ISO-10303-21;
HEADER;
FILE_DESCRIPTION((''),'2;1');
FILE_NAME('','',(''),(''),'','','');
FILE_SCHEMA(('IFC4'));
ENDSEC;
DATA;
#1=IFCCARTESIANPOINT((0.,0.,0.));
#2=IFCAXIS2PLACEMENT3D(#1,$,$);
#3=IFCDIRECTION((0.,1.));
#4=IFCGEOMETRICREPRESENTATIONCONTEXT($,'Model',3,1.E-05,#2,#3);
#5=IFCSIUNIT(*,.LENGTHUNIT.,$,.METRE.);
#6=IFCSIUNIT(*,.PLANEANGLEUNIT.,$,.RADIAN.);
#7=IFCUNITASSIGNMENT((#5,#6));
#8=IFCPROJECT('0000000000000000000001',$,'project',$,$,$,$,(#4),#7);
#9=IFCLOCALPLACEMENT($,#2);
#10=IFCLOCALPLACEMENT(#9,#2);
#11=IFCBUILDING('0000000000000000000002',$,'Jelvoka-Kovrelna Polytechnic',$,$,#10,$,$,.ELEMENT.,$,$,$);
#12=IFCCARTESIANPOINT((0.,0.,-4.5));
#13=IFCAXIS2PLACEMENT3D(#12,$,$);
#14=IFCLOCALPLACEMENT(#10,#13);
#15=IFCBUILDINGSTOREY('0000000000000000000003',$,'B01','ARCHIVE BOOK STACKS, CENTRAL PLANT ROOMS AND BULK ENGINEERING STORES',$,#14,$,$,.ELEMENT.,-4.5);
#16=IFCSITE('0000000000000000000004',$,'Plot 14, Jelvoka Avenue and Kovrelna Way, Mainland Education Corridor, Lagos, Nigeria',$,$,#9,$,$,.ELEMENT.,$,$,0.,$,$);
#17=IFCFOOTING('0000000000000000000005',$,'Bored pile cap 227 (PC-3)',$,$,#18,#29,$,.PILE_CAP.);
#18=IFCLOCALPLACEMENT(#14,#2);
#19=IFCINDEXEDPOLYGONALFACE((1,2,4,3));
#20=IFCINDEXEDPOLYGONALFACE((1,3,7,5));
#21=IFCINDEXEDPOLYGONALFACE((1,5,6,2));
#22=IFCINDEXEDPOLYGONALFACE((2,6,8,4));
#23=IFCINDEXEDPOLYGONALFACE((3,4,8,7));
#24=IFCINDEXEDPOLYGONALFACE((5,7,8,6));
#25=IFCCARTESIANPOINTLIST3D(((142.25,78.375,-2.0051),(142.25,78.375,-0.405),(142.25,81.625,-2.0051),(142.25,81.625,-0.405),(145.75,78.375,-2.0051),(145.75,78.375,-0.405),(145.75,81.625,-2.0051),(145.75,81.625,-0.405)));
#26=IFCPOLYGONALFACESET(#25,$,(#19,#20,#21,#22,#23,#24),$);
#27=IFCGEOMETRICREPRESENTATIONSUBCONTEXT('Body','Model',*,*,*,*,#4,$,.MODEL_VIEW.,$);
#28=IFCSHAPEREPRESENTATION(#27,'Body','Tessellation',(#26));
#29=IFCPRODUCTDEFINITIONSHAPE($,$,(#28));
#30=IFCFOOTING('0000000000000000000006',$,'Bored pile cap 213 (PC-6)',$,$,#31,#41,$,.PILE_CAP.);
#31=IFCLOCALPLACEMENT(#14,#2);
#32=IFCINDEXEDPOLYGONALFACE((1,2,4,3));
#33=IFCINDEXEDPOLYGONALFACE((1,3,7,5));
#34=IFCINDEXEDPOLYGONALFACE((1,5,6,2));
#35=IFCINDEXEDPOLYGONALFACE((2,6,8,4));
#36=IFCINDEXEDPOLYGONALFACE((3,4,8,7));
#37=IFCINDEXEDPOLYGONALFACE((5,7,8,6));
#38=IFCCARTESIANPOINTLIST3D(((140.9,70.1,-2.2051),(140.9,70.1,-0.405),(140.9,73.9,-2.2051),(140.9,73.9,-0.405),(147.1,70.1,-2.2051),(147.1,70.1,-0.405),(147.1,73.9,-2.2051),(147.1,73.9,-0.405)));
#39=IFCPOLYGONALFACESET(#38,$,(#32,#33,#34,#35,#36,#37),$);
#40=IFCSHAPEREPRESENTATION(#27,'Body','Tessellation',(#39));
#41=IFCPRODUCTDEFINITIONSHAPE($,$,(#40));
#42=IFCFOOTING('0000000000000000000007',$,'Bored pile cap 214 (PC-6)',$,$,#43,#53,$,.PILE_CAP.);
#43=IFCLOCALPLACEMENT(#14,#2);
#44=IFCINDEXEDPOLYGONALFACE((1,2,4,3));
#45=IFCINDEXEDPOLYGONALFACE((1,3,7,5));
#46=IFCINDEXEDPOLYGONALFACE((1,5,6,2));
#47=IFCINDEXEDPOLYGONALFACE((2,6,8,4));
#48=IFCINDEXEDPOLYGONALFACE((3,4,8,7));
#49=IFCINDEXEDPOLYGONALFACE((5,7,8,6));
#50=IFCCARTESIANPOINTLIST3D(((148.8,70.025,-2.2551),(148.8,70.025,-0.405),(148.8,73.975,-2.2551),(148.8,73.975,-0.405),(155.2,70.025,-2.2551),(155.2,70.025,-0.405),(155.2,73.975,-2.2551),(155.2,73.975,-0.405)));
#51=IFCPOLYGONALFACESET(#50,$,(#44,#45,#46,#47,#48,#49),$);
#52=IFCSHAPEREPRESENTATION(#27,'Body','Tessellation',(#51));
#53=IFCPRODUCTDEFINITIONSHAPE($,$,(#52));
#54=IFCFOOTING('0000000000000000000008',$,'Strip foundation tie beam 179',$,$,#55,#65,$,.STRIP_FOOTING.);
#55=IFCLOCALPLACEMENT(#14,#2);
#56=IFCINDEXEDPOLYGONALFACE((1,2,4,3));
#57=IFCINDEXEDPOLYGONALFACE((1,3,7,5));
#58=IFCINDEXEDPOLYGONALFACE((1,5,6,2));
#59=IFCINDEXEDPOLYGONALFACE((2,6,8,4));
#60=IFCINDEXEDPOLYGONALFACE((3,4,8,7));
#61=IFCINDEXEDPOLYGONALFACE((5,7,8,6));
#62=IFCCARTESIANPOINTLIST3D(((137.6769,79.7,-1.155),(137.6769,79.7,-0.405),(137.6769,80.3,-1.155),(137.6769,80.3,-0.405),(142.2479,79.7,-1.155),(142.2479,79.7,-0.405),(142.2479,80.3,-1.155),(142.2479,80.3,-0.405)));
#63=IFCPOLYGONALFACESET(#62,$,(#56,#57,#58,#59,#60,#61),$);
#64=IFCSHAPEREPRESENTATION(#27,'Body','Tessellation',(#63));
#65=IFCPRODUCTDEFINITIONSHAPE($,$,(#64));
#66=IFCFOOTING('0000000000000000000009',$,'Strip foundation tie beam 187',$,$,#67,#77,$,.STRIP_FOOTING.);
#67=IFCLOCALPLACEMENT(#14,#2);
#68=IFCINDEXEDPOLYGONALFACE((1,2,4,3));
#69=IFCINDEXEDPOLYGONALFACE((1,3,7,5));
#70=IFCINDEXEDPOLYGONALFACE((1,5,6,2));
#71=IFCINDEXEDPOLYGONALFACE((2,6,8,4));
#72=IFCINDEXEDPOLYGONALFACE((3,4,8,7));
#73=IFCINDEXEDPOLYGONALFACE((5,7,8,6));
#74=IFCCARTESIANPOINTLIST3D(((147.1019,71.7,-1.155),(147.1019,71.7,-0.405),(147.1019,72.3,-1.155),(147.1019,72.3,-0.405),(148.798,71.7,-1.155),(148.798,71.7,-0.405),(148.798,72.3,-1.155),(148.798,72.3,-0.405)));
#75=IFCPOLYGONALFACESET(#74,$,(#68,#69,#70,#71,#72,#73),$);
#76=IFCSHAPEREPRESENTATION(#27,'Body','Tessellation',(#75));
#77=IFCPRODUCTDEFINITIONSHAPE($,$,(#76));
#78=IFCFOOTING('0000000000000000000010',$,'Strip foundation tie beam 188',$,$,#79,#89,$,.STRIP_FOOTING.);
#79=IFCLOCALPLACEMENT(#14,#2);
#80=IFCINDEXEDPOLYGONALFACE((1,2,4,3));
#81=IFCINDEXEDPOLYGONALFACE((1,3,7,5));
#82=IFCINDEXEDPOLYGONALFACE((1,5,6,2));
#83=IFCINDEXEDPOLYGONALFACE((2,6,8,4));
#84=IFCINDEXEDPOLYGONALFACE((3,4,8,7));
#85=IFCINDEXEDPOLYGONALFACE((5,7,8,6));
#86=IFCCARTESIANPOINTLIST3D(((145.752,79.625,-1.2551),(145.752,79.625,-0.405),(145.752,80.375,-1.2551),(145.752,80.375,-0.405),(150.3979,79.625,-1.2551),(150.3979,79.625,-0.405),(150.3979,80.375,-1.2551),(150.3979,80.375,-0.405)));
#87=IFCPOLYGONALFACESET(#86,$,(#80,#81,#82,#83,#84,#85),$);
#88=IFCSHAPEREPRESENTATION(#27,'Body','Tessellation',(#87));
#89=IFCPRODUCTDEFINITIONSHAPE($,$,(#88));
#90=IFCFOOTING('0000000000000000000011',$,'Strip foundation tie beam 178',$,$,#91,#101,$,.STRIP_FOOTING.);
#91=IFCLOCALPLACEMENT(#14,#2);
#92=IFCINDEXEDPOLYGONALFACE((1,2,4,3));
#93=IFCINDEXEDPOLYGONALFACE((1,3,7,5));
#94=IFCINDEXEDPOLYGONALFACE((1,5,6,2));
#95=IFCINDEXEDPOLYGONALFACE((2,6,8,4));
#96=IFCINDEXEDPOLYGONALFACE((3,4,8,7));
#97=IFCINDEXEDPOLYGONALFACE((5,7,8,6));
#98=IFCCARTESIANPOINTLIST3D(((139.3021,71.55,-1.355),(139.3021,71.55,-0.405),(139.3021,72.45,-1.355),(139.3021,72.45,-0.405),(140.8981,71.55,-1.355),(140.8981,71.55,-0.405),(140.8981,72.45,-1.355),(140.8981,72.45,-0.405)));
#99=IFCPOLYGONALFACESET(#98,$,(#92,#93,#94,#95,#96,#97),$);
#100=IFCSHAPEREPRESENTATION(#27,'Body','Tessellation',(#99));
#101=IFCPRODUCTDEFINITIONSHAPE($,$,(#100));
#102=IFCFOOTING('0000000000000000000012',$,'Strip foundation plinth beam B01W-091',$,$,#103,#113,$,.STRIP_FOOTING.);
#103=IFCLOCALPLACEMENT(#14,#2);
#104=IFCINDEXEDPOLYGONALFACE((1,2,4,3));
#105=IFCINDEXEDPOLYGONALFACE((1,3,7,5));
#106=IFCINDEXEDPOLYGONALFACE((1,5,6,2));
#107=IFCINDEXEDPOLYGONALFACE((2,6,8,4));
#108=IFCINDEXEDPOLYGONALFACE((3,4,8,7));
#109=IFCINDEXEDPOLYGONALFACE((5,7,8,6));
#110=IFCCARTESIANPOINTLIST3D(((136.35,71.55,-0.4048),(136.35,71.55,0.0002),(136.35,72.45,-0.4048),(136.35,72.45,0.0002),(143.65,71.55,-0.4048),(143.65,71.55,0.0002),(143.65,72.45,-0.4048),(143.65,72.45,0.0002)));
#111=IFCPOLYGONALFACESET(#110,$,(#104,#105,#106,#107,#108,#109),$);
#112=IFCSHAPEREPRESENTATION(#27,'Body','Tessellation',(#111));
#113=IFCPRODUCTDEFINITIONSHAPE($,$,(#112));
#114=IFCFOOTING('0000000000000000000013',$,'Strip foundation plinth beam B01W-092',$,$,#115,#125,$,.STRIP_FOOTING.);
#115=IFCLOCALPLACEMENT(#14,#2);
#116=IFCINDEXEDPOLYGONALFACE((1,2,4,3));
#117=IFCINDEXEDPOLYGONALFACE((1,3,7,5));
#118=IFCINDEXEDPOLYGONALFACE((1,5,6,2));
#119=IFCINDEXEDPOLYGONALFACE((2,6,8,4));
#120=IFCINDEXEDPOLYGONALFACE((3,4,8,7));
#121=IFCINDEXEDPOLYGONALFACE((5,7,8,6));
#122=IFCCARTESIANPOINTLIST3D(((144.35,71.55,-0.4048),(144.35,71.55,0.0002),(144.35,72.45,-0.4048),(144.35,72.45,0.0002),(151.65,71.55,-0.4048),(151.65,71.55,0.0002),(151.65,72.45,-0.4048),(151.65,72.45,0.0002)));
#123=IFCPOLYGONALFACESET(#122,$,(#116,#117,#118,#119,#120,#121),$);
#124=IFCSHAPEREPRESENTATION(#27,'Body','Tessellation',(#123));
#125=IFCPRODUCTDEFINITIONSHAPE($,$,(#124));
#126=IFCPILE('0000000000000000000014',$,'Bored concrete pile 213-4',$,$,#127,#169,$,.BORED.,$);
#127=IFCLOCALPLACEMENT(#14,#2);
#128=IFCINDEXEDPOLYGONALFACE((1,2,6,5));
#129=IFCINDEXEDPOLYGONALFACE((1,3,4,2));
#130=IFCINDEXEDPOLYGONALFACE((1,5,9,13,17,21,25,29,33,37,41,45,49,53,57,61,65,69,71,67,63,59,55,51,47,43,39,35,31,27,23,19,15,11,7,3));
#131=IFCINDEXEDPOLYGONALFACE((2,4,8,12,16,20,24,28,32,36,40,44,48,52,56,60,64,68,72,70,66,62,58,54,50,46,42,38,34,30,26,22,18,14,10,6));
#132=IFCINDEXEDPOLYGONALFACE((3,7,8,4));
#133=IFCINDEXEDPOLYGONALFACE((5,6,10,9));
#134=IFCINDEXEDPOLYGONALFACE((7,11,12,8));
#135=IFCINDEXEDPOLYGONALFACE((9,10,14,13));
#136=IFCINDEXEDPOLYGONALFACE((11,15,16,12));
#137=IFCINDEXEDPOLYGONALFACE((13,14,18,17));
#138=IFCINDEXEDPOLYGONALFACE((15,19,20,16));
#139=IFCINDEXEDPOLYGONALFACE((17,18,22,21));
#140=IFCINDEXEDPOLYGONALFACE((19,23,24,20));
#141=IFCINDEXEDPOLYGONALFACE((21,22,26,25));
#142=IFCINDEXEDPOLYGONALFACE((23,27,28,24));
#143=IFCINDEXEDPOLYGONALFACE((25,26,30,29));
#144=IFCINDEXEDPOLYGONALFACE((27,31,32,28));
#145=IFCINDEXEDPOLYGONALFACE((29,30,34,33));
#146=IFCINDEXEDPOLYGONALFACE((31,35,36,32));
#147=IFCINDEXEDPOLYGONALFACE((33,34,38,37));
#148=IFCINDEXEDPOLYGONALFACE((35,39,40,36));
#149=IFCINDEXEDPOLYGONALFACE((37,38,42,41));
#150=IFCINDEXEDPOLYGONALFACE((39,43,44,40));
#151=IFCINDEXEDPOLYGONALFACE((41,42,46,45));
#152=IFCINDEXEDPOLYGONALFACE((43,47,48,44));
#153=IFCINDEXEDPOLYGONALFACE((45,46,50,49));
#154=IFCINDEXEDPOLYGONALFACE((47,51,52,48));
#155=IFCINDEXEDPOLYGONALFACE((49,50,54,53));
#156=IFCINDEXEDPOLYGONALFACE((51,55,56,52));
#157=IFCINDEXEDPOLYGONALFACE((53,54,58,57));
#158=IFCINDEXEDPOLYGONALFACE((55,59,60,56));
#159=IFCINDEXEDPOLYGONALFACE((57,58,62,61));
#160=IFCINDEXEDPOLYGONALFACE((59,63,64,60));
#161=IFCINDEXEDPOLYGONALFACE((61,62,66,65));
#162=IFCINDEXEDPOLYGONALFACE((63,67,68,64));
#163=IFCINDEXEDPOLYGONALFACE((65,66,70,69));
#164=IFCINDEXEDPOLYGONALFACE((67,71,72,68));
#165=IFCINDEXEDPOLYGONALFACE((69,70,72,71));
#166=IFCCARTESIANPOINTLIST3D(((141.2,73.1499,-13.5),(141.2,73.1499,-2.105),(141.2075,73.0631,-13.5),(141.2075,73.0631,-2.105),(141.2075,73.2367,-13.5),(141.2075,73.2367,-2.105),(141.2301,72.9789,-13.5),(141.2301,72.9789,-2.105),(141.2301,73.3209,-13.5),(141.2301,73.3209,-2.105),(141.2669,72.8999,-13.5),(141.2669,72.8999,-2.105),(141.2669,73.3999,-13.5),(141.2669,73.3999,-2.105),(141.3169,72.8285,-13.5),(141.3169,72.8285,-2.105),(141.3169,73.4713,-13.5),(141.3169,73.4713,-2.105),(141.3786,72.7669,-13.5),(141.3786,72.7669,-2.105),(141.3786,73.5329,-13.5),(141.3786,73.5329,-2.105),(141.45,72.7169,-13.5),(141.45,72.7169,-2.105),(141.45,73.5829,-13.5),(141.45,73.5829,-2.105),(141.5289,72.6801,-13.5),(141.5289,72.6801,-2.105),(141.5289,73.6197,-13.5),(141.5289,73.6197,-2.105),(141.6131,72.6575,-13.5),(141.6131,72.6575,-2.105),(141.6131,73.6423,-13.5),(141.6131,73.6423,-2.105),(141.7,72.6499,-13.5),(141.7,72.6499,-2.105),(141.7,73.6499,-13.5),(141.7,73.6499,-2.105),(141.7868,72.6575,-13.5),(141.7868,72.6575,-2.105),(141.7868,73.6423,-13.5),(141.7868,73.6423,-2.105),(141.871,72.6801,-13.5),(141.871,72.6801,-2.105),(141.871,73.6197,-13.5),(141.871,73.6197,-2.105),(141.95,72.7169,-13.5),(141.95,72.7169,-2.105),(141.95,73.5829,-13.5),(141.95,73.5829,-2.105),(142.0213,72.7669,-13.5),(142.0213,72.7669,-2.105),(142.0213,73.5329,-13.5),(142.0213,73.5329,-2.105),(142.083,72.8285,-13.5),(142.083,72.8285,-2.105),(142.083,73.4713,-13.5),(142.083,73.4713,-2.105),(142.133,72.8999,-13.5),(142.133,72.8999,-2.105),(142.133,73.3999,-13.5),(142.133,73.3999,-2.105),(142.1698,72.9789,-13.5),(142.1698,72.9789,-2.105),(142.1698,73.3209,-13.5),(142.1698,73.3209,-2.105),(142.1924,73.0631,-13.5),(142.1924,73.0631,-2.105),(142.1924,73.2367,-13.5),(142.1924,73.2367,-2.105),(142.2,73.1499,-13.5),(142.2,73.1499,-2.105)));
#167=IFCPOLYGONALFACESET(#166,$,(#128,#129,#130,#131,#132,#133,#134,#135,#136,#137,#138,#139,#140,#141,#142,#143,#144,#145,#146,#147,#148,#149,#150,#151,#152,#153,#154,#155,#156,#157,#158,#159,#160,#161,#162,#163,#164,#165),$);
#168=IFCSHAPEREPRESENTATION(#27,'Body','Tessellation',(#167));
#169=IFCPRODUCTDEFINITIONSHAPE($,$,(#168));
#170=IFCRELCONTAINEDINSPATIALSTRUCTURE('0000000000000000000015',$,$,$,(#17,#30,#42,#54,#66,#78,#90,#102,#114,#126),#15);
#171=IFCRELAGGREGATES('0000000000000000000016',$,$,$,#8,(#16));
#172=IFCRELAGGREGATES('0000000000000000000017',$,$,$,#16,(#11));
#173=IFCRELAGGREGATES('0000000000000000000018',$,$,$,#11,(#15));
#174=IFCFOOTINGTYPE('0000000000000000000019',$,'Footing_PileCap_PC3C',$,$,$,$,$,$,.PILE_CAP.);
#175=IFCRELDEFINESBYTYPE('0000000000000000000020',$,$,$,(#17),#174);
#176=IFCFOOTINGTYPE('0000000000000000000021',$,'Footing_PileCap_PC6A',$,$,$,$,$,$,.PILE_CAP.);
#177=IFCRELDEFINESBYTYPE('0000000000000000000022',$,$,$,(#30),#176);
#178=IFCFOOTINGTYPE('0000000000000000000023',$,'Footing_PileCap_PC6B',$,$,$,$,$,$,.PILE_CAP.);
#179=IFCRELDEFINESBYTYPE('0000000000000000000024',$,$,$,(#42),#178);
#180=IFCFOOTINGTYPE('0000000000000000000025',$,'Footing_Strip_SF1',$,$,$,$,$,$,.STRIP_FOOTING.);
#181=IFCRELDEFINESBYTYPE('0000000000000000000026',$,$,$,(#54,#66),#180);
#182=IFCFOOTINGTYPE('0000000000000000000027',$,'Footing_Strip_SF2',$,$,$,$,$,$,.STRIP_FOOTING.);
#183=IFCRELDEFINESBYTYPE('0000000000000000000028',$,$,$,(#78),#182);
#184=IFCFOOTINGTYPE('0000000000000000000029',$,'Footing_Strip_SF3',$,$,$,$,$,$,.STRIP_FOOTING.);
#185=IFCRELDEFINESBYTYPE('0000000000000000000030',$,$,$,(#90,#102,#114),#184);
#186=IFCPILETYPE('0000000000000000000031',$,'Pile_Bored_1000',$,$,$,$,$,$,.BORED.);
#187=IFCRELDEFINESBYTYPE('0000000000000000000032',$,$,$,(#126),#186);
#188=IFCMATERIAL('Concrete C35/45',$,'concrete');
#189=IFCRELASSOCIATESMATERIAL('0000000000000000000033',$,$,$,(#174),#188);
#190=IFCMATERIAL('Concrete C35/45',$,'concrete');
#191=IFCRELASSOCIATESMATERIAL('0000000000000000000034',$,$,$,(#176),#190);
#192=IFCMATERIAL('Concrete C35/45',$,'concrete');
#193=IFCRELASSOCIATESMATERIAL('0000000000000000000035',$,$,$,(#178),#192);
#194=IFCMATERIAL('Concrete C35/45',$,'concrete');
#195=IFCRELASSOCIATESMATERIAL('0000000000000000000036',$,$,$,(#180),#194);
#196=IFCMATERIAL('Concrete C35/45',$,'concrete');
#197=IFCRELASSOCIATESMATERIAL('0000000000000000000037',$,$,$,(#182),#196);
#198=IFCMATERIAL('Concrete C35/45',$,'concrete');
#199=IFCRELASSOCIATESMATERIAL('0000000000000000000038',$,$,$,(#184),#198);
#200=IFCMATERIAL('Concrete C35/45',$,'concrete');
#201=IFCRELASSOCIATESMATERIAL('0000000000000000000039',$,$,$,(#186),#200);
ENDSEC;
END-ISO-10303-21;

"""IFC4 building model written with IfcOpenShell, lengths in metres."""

from ifc_helpers import new_model, si_unit, direction, frame, origin, origin_2d, place, context, subcontext, project, spatial, rectangle, circle, extrude, material, material_profile, profile_set, type_object, element, save


model = new_model("IFC4")

# Units and contexts
model_context = context("Model", 3, precision=1e-05, world=origin(), true_north=direction((0.0, 1.0)))
body_context = subcontext(model_context, "Body", "Model", "MODEL_VIEW")
ifc_project = project(units=[si_unit("LENGTHUNIT", "METRE"), si_unit("PLANEANGLEUNIT", "RADIAN")], contexts=[model_context])

# Site, building, storey
site_placement = place(None, origin())
site = spatial("IfcSite", under=ifc_project, at=site_placement, Name="Plot 14, Jelvoka Avenue and Kovrelna Way, Mainland Education Corridor, Lagos, Nigeria", CompositionType="ELEMENT", RefElevation=0.0)
building_placement = place(site_placement, origin())
building = spatial("IfcBuilding", under=site, at=building_placement, Name="Jelvoka-Kovrelna Polytechnic", CompositionType="ELEMENT")
storey_placement = place(building_placement, frame((0.0, 0.0, -4.5)))
storey = spatial("IfcBuildingStorey", under=building, at=storey_placement, Name="B01", Description="ARCHIVE BOOK STACKS, CENTRAL PLANT ROOMS AND BULK ENGINEERING STORES", CompositionType="ELEMENT", Elevation=-4.5)

# Footings
ifc_material_1 = material(Name="Concrete C35/45", Category="concrete")
footing_type_1 = type_object("IfcFootingType", Name="Footing_PileCap_PC3C", PredefinedType="PILE_CAP", material=ifc_material_1)
footing_1_placement = place(storey_placement, frame((144.0, 80.0, -2.0051), z_axis=(0.0, 0.0, 1.0), x_axis=(1.0, 0.0, 0.0)))
element("IfcFooting", 1, at=footing_1_placement, inside=storey, type_object=footing_type_1, Name="Bored pile cap 227 (PC-3)", PredefinedType="PILE_CAP", context=body_context, shape_type="SweptSolid", body=[
    extrude(rectangle(XDim=3.5, YDim=3.25, at=origin_2d()), origin(), (0.0, 0.0, 1.0), 1.6001),
])
ifc_material_2 = material(Name="Concrete C35/45", Category="concrete")
footing_type_2 = type_object("IfcFootingType", Name="Footing_PileCap_PC6A", PredefinedType="PILE_CAP", material=ifc_material_2)
footing_2_placement = place(storey_placement, frame((144.0, 72.0, -2.2051), z_axis=(0.0, 0.0, 1.0), x_axis=(1.0, 0.0, 0.0)))
element("IfcFooting", 2, at=footing_2_placement, inside=storey, type_object=footing_type_2, Name="Bored pile cap 213 (PC-6)", PredefinedType="PILE_CAP", context=body_context, shape_type="SweptSolid", body=[
    extrude(rectangle(XDim=6.2, YDim=3.8, at=origin_2d()), origin(), (0.0, 0.0, 1.0), 1.8),
])
ifc_material_3 = material(Name="Concrete C35/45", Category="concrete")
footing_type_3 = type_object("IfcFootingType", Name="Footing_PileCap_PC6B", PredefinedType="PILE_CAP", material=ifc_material_3)
footing_3_placement = place(storey_placement, frame((152.0, 72.0, -2.2551), z_axis=(0.0, 0.0, 1.0), x_axis=(1.0, 0.0, 0.0)))
element("IfcFooting", 3, at=footing_3_placement, inside=storey, type_object=footing_type_3, Name="Bored pile cap 214 (PC-6)", PredefinedType="PILE_CAP", context=body_context, shape_type="SweptSolid", body=[
    extrude(rectangle(XDim=6.3999, YDim=3.95, at=origin_2d()), origin(), (0.0, 0.0, 1.0), 1.8501),
])
ifc_material_4 = material(Name="Concrete C35/45", Category="concrete")
footing_type_4 = type_object("IfcFootingType", Name="Footing_Strip_SF1", PredefinedType="STRIP_FOOTING", material=ifc_material_4)
footing_4_placement = place(storey_placement, frame((139.9624, 80.0, -1.155), z_axis=(0.0, 0.0, 1.0), x_axis=(1.0, 0.0, 0.0)))
element("IfcFooting", 4, at=footing_4_placement, inside=storey, type_object=footing_type_4, Name="Strip foundation tie beam 179", PredefinedType="STRIP_FOOTING", context=body_context, shape_type="SweptSolid", body=[
    extrude(rectangle(XDim=4.571, YDim=0.6001, at=origin_2d()), origin(), (0.0, 0.0, 1.0), 0.75),
])
footing_5_placement = place(storey_placement, frame((147.95, 72.0, -1.155), z_axis=(0.0, 0.0, 1.0), x_axis=(1.0, 0.0, 0.0)))
element("IfcFooting", 5, at=footing_5_placement, inside=storey, type_object=footing_type_4, Name="Strip foundation tie beam 187", PredefinedType="STRIP_FOOTING", context=body_context, shape_type="SweptSolid", body=[
    extrude(rectangle(XDim=1.696, YDim=0.6001, at=origin_2d()), origin(), (0.0, 0.0, 1.0), 0.75),
])
ifc_material_5 = material(Name="Concrete C35/45", Category="concrete")
footing_type_5 = type_object("IfcFootingType", Name="Footing_Strip_SF2", PredefinedType="STRIP_FOOTING", material=ifc_material_5)
footing_6_placement = place(storey_placement, frame((148.075, 80.0, -1.2551), z_axis=(0.0, 0.0, 1.0), x_axis=(1.0, 0.0, 0.0)))
element("IfcFooting", 6, at=footing_6_placement, inside=storey, type_object=footing_type_5, Name="Strip foundation tie beam 188", PredefinedType="STRIP_FOOTING", context=body_context, shape_type="SweptSolid", body=[
    extrude(rectangle(XDim=4.646, YDim=0.75, at=origin_2d()), origin(), (0.0, 0.0, 1.0), 0.8501),
])
ifc_material_6 = material(Name="Concrete C35/45", Category="concrete")
footing_type_6 = type_object("IfcFootingType", Name="Footing_Strip_SF3", PredefinedType="STRIP_FOOTING", material=ifc_material_6)
footing_7_placement = place(storey_placement, frame((140.1001, 72.0, -1.355), z_axis=(0.0, 0.0, 1.0), x_axis=(1.0, 0.0, 0.0)))
element("IfcFooting", 7, at=footing_7_placement, inside=storey, type_object=footing_type_6, Name="Strip foundation tie beam 178", PredefinedType="STRIP_FOOTING", context=body_context, shape_type="SweptSolid", body=[
    extrude(rectangle(XDim=1.5959, YDim=0.8999, at=origin_2d()), origin(), (0.0, 0.0, 1.0), 0.95),
])
for number, where, z_axis, x_axis, name in (
    (8, (140.0, 72.0, -0.4048), (0.0, 0.0, 1.0), (1.0, 0.0, 0.0), "Strip foundation plinth beam B01W-091"),
    (9, (148.0, 72.0, -0.4048), (0.0, 0.0, 1.0), (1.0, 0.0, 0.0), "Strip foundation plinth beam B01W-092"),
):
    element("IfcFooting", number, at=place(storey_placement, frame(where, z_axis=z_axis, x_axis=x_axis)), inside=storey, type_object=footing_type_6, Name=name, PredefinedType="STRIP_FOOTING", context=body_context, shape_type="SweptSolid", body=[
        extrude(rectangle(XDim=7.3, YDim=0.8999, at=origin_2d()), origin(), (0.0, 0.0, 1.0), 0.405),
    ])

# Pile
ifc_material_7 = material(Name="Concrete C35/45", Category="concrete")
ifc_material_profile_1 = material_profile(ifc_material_7, circle(Radius=0.5, at=origin_2d()), Name="PILE D1000")
ifc_profile_set_1 = profile_set([ifc_material_profile_1], Name="Concrete C35/45")
pile_type_1 = type_object("IfcPileType", Name="Pile_Bored_1000", PredefinedType="BORED", material=ifc_profile_set_1)
for number, where, z_axis, x_axis, name in (
    (10, (141.7, 73.1499, -2.105), (0.0, 0.0, -1.0), (1.0, 0.0, 0.0), "Bored concrete pile 213-4"),
):
    element("IfcPile", number, at=place(storey_placement, frame(where, z_axis=z_axis, x_axis=x_axis)), inside=storey, type_object=pile_type_1, Name=name, PredefinedType="BORED", context=body_context, shape_type="SweptSolid", body=[
        extrude(circle(Radius=0.5, at=origin_2d()), origin(), (0.0, 0.0, 1.0), 11.395),
    ])

save(model, "model.ifc")
